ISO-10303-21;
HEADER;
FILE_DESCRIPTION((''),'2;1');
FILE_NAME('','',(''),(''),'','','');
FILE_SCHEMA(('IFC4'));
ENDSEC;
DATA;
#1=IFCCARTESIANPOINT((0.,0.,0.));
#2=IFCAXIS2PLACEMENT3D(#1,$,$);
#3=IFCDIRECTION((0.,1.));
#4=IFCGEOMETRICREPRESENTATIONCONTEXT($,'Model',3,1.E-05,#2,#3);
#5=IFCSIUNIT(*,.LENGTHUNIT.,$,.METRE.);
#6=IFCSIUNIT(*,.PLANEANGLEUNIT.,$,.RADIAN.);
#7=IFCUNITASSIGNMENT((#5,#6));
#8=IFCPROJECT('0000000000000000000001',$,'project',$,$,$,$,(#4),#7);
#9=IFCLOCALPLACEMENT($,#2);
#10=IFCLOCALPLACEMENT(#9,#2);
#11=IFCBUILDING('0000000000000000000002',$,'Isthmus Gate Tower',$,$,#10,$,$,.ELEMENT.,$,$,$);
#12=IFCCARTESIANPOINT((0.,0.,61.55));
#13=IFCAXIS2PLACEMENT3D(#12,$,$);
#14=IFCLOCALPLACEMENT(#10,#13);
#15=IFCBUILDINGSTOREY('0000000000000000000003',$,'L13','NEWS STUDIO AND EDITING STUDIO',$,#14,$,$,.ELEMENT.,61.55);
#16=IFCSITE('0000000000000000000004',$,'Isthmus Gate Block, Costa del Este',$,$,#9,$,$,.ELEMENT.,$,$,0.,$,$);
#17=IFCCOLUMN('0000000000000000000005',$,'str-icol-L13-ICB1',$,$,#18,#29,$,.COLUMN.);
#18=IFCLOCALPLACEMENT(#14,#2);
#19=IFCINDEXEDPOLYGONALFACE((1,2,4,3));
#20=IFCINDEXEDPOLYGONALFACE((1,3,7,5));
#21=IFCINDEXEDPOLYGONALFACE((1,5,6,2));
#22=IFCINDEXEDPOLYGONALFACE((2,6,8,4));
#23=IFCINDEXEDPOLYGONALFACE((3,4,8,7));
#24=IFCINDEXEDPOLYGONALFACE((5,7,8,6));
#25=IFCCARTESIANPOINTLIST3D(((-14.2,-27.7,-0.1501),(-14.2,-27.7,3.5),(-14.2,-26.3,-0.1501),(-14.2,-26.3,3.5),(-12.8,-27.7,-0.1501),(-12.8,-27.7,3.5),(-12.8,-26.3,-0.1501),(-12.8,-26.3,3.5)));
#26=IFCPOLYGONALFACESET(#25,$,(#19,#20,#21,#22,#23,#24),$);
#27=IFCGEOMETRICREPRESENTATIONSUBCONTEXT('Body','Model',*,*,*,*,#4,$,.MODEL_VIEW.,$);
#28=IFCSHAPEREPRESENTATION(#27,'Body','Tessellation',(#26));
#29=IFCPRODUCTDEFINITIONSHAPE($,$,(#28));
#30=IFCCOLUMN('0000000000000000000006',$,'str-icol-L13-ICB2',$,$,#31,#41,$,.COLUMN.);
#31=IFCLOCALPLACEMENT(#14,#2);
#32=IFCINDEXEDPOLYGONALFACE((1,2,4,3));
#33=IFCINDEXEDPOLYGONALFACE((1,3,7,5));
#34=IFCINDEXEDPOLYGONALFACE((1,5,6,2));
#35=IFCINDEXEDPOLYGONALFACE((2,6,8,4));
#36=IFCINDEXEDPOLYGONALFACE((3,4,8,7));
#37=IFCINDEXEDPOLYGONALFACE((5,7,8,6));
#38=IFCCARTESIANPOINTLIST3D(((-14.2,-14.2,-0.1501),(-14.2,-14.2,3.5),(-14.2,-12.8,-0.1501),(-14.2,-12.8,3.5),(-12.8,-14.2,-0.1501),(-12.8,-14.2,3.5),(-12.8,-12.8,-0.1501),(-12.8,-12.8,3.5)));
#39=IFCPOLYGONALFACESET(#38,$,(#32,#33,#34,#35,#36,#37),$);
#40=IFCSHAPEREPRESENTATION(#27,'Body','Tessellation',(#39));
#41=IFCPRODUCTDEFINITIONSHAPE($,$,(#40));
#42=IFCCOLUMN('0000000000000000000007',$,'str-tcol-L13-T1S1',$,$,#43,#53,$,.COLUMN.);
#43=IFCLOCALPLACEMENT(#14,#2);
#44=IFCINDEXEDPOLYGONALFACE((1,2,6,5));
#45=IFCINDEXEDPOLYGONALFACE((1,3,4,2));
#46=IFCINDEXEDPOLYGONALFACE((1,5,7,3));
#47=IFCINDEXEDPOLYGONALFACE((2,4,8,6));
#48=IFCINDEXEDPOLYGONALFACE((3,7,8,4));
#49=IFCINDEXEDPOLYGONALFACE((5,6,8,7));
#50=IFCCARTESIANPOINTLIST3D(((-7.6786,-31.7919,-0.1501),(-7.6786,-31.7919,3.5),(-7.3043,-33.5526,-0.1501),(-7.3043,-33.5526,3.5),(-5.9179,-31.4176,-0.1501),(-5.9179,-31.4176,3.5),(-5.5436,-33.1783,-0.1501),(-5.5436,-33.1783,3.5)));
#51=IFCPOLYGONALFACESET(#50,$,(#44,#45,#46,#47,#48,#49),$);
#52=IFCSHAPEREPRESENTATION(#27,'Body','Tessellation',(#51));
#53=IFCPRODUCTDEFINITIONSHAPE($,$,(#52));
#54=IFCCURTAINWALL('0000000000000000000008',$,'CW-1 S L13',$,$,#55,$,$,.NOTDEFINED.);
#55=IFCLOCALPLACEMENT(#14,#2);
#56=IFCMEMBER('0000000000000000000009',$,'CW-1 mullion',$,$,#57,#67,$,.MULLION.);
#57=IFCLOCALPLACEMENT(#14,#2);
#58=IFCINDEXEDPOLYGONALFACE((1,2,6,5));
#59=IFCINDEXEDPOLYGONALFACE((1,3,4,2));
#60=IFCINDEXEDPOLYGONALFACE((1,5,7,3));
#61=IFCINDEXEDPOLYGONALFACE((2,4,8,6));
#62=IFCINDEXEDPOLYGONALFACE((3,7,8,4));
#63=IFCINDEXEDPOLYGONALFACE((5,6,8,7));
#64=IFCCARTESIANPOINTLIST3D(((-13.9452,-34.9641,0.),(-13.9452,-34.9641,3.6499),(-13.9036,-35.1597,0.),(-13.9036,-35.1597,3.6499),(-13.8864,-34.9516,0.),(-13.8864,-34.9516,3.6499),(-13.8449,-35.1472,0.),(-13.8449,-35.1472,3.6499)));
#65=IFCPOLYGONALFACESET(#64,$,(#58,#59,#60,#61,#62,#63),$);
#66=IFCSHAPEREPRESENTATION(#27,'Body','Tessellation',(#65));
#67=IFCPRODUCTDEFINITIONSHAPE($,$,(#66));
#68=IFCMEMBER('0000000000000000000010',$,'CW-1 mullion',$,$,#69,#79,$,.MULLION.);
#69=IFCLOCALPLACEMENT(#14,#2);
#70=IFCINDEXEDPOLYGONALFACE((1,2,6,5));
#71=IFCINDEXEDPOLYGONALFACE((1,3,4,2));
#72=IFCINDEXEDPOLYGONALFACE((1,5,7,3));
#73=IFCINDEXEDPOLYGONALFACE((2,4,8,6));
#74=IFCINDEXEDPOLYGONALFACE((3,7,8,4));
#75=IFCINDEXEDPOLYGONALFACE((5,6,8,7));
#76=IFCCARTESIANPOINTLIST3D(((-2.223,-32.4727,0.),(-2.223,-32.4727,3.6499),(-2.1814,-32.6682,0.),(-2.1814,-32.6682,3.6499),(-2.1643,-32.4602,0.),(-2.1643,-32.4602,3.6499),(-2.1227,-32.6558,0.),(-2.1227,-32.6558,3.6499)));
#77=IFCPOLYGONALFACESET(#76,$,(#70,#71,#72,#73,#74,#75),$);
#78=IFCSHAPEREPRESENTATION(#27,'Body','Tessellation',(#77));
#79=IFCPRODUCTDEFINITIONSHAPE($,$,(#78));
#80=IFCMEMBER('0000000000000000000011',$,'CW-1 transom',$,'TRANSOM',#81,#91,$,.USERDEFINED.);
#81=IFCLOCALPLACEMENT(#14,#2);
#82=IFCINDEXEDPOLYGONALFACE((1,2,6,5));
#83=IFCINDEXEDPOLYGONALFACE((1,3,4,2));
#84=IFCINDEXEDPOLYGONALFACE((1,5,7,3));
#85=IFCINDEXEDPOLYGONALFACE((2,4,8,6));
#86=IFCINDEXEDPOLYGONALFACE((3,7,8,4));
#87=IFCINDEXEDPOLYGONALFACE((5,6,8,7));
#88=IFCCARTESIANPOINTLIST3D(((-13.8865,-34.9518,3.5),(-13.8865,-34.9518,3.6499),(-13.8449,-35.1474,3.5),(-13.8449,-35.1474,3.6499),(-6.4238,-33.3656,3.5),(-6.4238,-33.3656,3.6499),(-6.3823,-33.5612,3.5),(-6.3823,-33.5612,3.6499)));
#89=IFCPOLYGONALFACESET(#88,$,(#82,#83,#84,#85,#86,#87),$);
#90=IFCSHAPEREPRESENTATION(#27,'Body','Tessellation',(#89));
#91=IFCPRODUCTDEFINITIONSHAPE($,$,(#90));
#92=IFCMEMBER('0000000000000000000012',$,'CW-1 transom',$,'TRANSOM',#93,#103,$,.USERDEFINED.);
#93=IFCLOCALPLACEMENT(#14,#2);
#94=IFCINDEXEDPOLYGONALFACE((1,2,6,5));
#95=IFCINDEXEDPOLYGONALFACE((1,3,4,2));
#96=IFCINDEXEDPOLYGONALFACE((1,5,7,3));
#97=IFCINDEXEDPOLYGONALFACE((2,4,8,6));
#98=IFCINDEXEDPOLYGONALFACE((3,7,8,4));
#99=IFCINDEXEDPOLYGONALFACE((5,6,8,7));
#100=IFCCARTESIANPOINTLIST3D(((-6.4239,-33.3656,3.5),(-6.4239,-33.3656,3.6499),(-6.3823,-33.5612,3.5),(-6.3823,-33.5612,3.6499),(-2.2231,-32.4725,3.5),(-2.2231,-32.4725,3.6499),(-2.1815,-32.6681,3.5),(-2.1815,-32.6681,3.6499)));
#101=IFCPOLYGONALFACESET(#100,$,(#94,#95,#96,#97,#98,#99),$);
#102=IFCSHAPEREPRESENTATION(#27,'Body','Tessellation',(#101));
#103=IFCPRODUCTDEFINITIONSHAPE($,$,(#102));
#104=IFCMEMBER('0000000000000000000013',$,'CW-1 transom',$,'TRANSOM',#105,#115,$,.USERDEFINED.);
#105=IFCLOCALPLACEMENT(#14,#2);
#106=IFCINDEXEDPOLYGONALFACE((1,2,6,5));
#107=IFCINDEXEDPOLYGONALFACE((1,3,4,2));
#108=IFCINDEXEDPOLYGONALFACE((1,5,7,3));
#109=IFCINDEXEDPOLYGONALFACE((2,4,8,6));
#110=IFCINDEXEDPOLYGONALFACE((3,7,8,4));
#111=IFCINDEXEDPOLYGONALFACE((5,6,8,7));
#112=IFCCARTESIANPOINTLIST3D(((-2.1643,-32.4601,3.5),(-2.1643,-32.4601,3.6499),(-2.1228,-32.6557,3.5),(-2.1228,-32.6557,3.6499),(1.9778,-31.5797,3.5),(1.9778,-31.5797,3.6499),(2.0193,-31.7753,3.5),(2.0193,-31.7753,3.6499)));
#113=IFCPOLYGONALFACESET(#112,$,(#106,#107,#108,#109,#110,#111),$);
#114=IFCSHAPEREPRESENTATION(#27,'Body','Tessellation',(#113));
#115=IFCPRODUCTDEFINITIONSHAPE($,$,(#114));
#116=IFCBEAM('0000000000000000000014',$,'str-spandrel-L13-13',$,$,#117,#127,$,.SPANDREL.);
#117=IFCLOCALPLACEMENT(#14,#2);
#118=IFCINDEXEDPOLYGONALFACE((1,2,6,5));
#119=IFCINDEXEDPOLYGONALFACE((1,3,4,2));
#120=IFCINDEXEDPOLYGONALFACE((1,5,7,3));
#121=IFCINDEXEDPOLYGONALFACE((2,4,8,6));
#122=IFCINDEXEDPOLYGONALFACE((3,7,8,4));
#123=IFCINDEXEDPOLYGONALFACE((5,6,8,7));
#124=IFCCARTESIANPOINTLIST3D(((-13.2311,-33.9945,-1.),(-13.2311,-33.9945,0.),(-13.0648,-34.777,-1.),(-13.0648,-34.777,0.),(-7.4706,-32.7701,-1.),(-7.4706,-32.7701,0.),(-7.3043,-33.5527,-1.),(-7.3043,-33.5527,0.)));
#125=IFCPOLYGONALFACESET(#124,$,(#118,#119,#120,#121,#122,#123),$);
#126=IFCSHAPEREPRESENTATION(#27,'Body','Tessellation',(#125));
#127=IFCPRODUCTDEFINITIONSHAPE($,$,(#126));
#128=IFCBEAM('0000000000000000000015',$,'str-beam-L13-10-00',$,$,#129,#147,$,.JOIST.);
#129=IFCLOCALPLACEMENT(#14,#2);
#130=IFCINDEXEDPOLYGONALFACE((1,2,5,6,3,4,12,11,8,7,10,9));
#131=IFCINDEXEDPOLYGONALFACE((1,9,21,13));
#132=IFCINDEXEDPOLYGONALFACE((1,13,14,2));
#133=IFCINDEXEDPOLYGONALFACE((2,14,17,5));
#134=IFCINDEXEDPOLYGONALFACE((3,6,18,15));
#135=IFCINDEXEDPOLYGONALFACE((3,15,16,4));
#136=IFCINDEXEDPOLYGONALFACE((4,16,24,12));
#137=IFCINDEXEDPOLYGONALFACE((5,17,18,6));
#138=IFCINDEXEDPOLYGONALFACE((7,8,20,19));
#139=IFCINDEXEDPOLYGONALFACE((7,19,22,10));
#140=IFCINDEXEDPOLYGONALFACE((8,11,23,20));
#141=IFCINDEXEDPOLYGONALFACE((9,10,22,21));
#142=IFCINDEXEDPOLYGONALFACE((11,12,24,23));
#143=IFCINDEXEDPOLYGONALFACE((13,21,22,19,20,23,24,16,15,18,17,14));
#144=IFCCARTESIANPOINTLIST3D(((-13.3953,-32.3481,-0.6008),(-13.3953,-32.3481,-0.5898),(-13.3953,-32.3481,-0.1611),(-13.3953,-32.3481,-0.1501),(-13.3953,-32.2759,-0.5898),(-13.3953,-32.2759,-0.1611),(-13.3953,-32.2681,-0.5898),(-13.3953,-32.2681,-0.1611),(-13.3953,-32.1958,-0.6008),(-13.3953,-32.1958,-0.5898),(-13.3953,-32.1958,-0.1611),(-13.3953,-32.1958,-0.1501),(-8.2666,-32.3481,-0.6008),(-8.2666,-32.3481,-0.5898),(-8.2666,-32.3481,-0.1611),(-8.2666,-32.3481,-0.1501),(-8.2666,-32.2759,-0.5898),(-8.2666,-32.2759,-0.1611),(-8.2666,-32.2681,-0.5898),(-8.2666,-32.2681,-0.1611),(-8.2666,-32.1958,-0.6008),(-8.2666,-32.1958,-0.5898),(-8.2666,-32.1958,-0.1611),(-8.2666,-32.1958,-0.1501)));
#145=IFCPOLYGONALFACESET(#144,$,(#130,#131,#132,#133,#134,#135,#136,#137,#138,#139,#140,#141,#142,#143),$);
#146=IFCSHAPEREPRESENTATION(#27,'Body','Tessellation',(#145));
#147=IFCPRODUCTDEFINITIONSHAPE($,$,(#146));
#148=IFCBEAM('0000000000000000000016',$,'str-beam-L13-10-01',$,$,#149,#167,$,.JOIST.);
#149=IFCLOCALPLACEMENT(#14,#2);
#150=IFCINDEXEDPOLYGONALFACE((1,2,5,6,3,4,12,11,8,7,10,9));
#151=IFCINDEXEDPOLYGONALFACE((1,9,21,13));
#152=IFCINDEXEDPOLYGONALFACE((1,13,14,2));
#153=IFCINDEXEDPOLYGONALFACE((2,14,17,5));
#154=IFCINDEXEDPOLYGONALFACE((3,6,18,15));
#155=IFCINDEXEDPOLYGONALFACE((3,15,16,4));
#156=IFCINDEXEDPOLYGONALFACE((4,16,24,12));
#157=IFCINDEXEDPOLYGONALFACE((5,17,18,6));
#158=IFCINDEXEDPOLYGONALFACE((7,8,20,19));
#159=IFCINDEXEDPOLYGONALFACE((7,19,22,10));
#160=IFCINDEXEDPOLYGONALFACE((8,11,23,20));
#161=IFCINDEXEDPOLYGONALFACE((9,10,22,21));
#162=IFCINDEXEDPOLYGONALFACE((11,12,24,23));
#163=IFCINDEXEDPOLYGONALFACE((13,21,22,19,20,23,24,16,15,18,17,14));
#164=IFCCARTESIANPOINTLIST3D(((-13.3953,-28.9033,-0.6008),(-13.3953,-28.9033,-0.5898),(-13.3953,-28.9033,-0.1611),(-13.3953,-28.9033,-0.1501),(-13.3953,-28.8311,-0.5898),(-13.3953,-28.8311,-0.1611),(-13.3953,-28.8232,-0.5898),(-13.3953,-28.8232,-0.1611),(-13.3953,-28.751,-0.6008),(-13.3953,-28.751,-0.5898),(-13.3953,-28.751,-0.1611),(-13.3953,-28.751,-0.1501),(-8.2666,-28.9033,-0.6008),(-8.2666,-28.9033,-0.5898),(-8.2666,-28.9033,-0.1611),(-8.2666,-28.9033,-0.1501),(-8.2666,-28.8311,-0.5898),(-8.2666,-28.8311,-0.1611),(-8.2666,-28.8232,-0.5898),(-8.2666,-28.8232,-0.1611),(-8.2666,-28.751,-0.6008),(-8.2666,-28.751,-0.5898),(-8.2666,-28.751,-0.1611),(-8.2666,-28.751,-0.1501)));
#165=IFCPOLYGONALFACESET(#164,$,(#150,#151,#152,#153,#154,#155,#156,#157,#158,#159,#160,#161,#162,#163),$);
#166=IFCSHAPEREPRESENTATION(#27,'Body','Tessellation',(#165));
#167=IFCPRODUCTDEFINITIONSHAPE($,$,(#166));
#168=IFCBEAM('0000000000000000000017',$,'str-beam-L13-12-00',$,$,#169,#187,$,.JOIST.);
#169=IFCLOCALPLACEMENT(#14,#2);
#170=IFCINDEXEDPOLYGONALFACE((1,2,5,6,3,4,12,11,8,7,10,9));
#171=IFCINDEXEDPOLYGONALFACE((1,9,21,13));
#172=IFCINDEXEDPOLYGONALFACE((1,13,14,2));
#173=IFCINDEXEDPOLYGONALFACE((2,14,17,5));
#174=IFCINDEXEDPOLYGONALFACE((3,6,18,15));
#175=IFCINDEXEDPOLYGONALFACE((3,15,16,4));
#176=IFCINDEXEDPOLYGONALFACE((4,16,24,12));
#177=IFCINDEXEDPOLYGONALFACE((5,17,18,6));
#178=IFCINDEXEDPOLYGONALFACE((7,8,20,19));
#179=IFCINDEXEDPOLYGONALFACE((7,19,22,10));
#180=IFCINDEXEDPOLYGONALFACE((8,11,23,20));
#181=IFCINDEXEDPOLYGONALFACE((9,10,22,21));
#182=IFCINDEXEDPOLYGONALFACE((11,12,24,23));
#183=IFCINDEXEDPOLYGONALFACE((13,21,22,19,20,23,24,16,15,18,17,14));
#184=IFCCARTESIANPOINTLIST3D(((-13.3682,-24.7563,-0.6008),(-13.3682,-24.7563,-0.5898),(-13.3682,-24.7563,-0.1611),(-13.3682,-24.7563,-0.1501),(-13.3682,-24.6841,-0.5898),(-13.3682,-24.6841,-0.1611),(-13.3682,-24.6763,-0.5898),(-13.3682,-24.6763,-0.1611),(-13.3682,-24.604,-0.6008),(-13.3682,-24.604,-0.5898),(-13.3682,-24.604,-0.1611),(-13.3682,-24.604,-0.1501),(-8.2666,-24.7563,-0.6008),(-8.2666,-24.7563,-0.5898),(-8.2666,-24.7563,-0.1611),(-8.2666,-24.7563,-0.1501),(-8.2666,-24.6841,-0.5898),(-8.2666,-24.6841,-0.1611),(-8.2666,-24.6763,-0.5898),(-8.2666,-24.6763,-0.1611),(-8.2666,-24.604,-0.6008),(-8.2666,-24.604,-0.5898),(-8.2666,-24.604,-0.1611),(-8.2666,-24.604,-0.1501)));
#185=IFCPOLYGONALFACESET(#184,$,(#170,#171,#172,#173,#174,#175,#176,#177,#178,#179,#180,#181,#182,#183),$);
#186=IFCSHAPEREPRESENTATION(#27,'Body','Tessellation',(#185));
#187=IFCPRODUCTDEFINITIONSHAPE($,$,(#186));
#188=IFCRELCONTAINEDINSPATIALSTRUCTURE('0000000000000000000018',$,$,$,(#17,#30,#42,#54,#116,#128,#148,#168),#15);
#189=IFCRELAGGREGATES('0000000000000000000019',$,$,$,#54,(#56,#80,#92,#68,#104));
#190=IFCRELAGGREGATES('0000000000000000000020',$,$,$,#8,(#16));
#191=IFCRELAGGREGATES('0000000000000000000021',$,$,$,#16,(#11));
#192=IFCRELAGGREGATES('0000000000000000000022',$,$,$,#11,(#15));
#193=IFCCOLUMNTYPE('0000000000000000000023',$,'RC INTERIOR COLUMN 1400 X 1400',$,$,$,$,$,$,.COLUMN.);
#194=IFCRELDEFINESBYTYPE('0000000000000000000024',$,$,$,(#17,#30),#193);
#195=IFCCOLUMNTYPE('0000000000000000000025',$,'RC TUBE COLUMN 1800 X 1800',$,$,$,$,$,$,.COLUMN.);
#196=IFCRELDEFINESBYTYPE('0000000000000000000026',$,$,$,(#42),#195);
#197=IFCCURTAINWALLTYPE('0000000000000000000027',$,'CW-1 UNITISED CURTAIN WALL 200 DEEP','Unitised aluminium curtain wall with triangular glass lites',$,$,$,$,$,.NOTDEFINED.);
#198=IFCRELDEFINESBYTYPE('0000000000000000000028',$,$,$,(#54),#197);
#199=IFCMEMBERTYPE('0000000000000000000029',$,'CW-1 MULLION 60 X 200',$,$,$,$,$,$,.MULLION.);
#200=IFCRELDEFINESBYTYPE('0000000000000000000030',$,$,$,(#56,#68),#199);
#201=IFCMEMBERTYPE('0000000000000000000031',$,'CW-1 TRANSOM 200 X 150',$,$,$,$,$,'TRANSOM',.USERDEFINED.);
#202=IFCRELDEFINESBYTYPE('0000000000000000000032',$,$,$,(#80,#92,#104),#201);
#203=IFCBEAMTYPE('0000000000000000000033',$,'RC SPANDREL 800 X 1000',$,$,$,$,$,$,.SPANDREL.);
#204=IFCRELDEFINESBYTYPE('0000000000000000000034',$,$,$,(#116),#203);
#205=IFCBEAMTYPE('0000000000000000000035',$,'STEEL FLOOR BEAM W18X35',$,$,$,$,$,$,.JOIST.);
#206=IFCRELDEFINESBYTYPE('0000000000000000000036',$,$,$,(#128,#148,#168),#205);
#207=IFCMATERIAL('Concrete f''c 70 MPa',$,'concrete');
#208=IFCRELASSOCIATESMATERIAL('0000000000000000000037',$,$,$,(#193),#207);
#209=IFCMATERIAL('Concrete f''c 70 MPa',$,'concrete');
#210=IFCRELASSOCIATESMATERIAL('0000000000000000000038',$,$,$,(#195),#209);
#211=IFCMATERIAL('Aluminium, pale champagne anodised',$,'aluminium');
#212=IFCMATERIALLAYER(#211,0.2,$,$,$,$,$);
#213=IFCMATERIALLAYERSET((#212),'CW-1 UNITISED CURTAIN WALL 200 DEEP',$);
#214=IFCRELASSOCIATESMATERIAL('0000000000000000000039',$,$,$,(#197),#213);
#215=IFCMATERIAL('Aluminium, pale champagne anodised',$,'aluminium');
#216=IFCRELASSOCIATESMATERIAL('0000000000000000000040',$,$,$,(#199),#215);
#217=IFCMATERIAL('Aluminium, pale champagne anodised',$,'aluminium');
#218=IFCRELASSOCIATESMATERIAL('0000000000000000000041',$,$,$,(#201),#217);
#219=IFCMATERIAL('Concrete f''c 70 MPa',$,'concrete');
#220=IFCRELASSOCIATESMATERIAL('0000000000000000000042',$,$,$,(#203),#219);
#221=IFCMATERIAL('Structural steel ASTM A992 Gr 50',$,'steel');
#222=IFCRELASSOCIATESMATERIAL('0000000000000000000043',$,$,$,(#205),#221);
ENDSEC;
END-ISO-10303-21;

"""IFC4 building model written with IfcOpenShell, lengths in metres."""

from ifc_helpers import new_model, si_unit, direction, frame, origin, origin_2d, place, context, subcontext, project, spatial, rectangle, i_section, extrude, material, layer, layer_set, material_profile, profile_set, type_object, element, aggregate, save


model = new_model("IFC4")

# Units and contexts
model_context = context("Model", 3, precision=1e-05, world=origin(), true_north=direction((0.0, 1.0)))
body_context = subcontext(model_context, "Body", "Model", "MODEL_VIEW")
ifc_project = project(units=[si_unit("LENGTHUNIT", "METRE"), si_unit("PLANEANGLEUNIT", "RADIAN")], contexts=[model_context])

# Site, building, storey
site_placement = place(None, origin())
site = spatial("IfcSite", under=ifc_project, at=site_placement, Name="Isthmus Gate Block, Costa del Este", CompositionType="ELEMENT", RefElevation=0.0)
building_placement = place(site_placement, origin())
building = spatial("IfcBuilding", under=site, at=building_placement, Name="Isthmus Gate Tower", CompositionType="ELEMENT")
storey_placement = place(building_placement, frame((0.0, 0.0, 61.55)))
storey = spatial("IfcBuildingStorey", under=building, at=storey_placement, Name="L13", Description="NEWS STUDIO AND EDITING STUDIO", CompositionType="ELEMENT", Elevation=61.55)

# Columns
ifc_material_1 = material(Name="Concrete f'c 70 MPa", Category="concrete")
ifc_material_profile_1 = material_profile(ifc_material_1, rectangle(XDim=1.3999, YDim=1.3999, at=origin_2d()), Name="RC 1400X1400")
ifc_profile_set_1 = profile_set([ifc_material_profile_1], Name="Concrete f'c 70 MPa")
column_type_1 = type_object("IfcColumnType", Name="RC INTERIOR COLUMN 1400 X 1400", PredefinedType="COLUMN", material=ifc_profile_set_1)
for number, where, z_axis, x_axis, name in (
    (1, (-13.5, -27.0, -0.1501), (0.0, 0.0, 1.0), (1.0, 0.0, 0.0), "str-icol-L13-ICB1"),
    (2, (-13.5, -13.5, -0.1501), (0.0, 0.0, 1.0), (1.0, 0.0, 0.0), "str-icol-L13-ICB2"),
):
    element("IfcColumn", number, at=place(storey_placement, frame(where, z_axis=z_axis, x_axis=x_axis)), inside=storey, type_object=column_type_1, Name=name, PredefinedType="COLUMN", context=body_context, shape_type="SweptSolid", body=[
        extrude(rectangle(XDim=1.3999, YDim=1.3999, at=origin_2d()), origin(), (0.0, 0.0, 1.0), 3.6501),
    ])
ifc_material_2 = material(Name="Concrete f'c 70 MPa", Category="concrete")
ifc_material_profile_2 = material_profile(ifc_material_2, rectangle(XDim=1.8, YDim=1.8, at=origin_2d()), Name="RC 1800X1800")
ifc_profile_set_2 = profile_set([ifc_material_profile_2], Name="Concrete f'c 70 MPa")
column_type_2 = type_object("IfcColumnType", Name="RC TUBE COLUMN 1800 X 1800", PredefinedType="COLUMN", material=ifc_profile_set_2)
column_placement = place(storey_placement, frame((-6.6111, -32.4851, -0.1501), z_axis=(0.0, 0.0, 1.0), x_axis=(0.978148, 0.207912, 0.0)))
element("IfcColumn", 3, at=column_placement, inside=storey, type_object=column_type_2, Name="str-tcol-L13-T1S1", PredefinedType="COLUMN", context=body_context, shape_type="SweptSolid", body=[
    extrude(rectangle(XDim=1.8, YDim=1.8, at=origin_2d()), origin(), (0.0, 0.0, 1.0), 3.6501),
])

# Curtain wall, members
ifc_material_3 = material(Name="Aluminium, pale champagne anodised", Category="aluminium")
ifc_layer_1 = layer(ifc_material_3, 0.2)
ifc_layer_set_1 = layer_set([ifc_layer_1], Name="CW-1 UNITISED CURTAIN WALL 200 DEEP")
curtain_wall_type = type_object("IfcCurtainWallType", Name="CW-1 UNITISED CURTAIN WALL 200 DEEP", Description="Unitised aluminium curtain wall with triangular glass lites", PredefinedType="NOTDEFINED", material=ifc_layer_set_1)
curtain_wall_placement = place(storey_placement, origin())
curtain_wall = element("IfcCurtainWall", 4, at=curtain_wall_placement, inside=storey, type_object=curtain_wall_type, Name="CW-1 S L13", PredefinedType="NOTDEFINED")
ifc_material_4 = material(Name="Aluminium, pale champagne anodised", Category="aluminium")
ifc_material_profile_3 = material_profile(ifc_material_4, rectangle(XDim=0.0601, YDim=0.2, at=origin_2d()), Name="60x200")
ifc_profile_set_3 = profile_set([ifc_material_profile_3], Name="Aluminium, pale champagne anodised")
member_type_1 = type_object("IfcMemberType", Name="CW-1 MULLION 60 X 200", PredefinedType="MULLION", material=ifc_profile_set_3)
member_1_placement = place(storey_placement, frame((-13.895, -35.0557, 0.0), z_axis=(0.0, 0.0, 1.0), x_axis=(0.978148, 0.207912, 0.0)))
member_1 = element("IfcMember", 5, at=member_1_placement, type_object=member_type_1, Name="CW-1 mullion", PredefinedType="MULLION", context=body_context, shape_type="SweptSolid", body=[
    extrude(rectangle(XDim=0.0601, YDim=0.2, at=origin_2d()), origin(), (0.0, 0.0, 1.0), 3.6499),
])
member_2_placement = place(storey_placement, frame((-2.1729, -32.5642, 0.0), z_axis=(0.0, 0.0, 1.0), x_axis=(0.978148, 0.207912, 0.0)))
member_2 = element("IfcMember", 6, at=member_2_placement, type_object=member_type_1, Name="CW-1 mullion", PredefinedType="MULLION", context=body_context, shape_type="SweptSolid", body=[
    extrude(rectangle(XDim=0.0601, YDim=0.2, at=origin_2d()), origin(), (0.0, 0.0, 1.0), 3.6499),
])
ifc_material_5 = material(Name="Aluminium, pale champagne anodised", Category="aluminium")
ifc_material_profile_4 = material_profile(ifc_material_5, rectangle(XDim=0.2, YDim=0.1499, at=origin_2d()), Name="200x150")
ifc_profile_set_4 = profile_set([ifc_material_profile_4], Name="Aluminium, pale champagne anodised")
member_type_2 = type_object("IfcMemberType", Name="CW-1 TRANSOM 200 X 150", ElementType="TRANSOM", PredefinedType="USERDEFINED", material=ifc_profile_set_4)
member_3_placement = place(storey_placement, frame((-13.8657, -35.0496, 3.575), z_axis=(0.978149, 0.207905, 0.0), x_axis=(-0.207905, 0.978149, 0.0)))
member_3 = element("IfcMember", 7, at=member_3_placement, type_object=member_type_2, Name="CW-1 transom", ObjectType="TRANSOM", PredefinedType="USERDEFINED", context=body_context, shape_type="SweptSolid", body=[
    extrude(rectangle(XDim=0.2, YDim=0.1499, at=origin_2d()), origin(), (0.0, 0.0, 1.0), 7.6294),
])
member_4_placement = place(storey_placement, frame((-6.4031, -33.4634, 3.575), z_axis=(0.978139, 0.207953, 0.0), x_axis=(-0.207953, 0.978139, 0.0)))
member_4 = element("IfcMember", 8, at=member_4_placement, type_object=member_type_2, Name="CW-1 transom", ObjectType="TRANSOM", PredefinedType="USERDEFINED", context=body_context, shape_type="SweptSolid", body=[
    extrude(rectangle(XDim=0.2, YDim=0.1499, at=origin_2d()), origin(), (0.0, 0.0, 1.0), 4.2947),
])
member_5_placement = place(storey_placement, frame((-2.1436, -32.5579, 3.575), z_axis=(0.97815, 0.207899, 0.0), x_axis=(-0.207899, 0.97815, 0.0)))
member_5 = element("IfcMember", 9, at=member_5_placement, type_object=member_type_2, Name="CW-1 transom", ObjectType="TRANSOM", PredefinedType="USERDEFINED", context=body_context, shape_type="SweptSolid", body=[
    extrude(rectangle(XDim=0.2, YDim=0.1499, at=origin_2d()), origin(), (0.0, 0.0, 1.0), 4.2346),
])

# Beams
ifc_material_6 = material(Name="Concrete f'c 70 MPa", Category="concrete")
ifc_material_profile_5 = material_profile(ifc_material_6, rectangle(XDim=0.8, YDim=1.0, at=origin_2d()), Name="RC 800X1000")
ifc_profile_set_5 = profile_set([ifc_material_profile_5], Name="Concrete f'c 70 MPa")
beam_type_1 = type_object("IfcBeamType", Name="RC SPANDREL 800 X 1000", PredefinedType="SPANDREL", material=ifc_profile_set_5)
beam_1_placement = place(storey_placement, frame((-7.3875, -33.1614, -0.5), z_axis=(-0.97815, -0.207901, 0.0), x_axis=(0.207901, -0.97815, 0.0)))
element("IfcBeam", 10, at=beam_1_placement, inside=storey, type_object=beam_type_1, Name="str-spandrel-L13-13", PredefinedType="SPANDREL", context=body_context, shape_type="SweptSolid", body=[
    extrude(rectangle(XDim=0.8, YDim=1.0, at=origin_2d()), origin(), (0.0, 0.0, 1.0), 5.8892),
])
ifc_material_7 = material(Name="Structural steel ASTM A992 Gr 50", Category="steel")
ifc_material_profile_6 = material_profile(ifc_material_7, i_section(OverallWidth=0.1523, OverallDepth=0.4507, WebThickness=0.0078, FlangeThickness=0.011, at=origin_2d()), Name="W18X35")
ifc_profile_set_6 = profile_set([ifc_material_profile_6], Name="Structural steel ASTM A992 Gr 50")
beam_type_2 = type_object("IfcBeamType", Name="STEEL FLOOR BEAM W18X35", PredefinedType="JOIST", material=ifc_profile_set_6)
for number, where, z_axis, x_axis, name in (
    (11, (-13.3953, -32.272, -0.3755), (1.0, 0.0, 0.0), (0.0, 1.0, 0.0), "str-beam-L13-10-00"),
    (12, (-13.3953, -28.8271, -0.3755), (1.0, 0.0, 0.0), (0.0, 1.0, 0.0), "str-beam-L13-10-01"),
):
    element("IfcBeam", number, at=place(storey_placement, frame(where, z_axis=z_axis, x_axis=x_axis)), inside=storey, type_object=beam_type_2, Name=name, PredefinedType="JOIST", context=body_context, shape_type="SweptSolid", body=[
        extrude(i_section(OverallWidth=0.1523, OverallDepth=0.4507, WebThickness=0.0078, FlangeThickness=0.011, at=origin_2d()), origin(), (0.0, 0.0, 1.0), 5.1287),
    ])
for number, where, z_axis, x_axis, name in (
    (13, (-13.3682, -24.6802, -0.3755), (1.0, 0.0, 0.0), (0.0, 1.0, 0.0), "str-beam-L13-12-00"),
):
    element("IfcBeam", number, at=place(storey_placement, frame(where, z_axis=z_axis, x_axis=x_axis)), inside=storey, type_object=beam_type_2, Name=name, PredefinedType="JOIST", context=body_context, shape_type="SweptSolid", body=[
        extrude(i_section(OverallWidth=0.1523, OverallDepth=0.4507, WebThickness=0.0078, FlangeThickness=0.011, at=origin_2d()), origin(), (0.0, 0.0, 1.0), 5.1016),
    ])

aggregate(curtain_wall, [member_1, member_3, member_4, member_2, member_5])

save(model, "model.ifc")
